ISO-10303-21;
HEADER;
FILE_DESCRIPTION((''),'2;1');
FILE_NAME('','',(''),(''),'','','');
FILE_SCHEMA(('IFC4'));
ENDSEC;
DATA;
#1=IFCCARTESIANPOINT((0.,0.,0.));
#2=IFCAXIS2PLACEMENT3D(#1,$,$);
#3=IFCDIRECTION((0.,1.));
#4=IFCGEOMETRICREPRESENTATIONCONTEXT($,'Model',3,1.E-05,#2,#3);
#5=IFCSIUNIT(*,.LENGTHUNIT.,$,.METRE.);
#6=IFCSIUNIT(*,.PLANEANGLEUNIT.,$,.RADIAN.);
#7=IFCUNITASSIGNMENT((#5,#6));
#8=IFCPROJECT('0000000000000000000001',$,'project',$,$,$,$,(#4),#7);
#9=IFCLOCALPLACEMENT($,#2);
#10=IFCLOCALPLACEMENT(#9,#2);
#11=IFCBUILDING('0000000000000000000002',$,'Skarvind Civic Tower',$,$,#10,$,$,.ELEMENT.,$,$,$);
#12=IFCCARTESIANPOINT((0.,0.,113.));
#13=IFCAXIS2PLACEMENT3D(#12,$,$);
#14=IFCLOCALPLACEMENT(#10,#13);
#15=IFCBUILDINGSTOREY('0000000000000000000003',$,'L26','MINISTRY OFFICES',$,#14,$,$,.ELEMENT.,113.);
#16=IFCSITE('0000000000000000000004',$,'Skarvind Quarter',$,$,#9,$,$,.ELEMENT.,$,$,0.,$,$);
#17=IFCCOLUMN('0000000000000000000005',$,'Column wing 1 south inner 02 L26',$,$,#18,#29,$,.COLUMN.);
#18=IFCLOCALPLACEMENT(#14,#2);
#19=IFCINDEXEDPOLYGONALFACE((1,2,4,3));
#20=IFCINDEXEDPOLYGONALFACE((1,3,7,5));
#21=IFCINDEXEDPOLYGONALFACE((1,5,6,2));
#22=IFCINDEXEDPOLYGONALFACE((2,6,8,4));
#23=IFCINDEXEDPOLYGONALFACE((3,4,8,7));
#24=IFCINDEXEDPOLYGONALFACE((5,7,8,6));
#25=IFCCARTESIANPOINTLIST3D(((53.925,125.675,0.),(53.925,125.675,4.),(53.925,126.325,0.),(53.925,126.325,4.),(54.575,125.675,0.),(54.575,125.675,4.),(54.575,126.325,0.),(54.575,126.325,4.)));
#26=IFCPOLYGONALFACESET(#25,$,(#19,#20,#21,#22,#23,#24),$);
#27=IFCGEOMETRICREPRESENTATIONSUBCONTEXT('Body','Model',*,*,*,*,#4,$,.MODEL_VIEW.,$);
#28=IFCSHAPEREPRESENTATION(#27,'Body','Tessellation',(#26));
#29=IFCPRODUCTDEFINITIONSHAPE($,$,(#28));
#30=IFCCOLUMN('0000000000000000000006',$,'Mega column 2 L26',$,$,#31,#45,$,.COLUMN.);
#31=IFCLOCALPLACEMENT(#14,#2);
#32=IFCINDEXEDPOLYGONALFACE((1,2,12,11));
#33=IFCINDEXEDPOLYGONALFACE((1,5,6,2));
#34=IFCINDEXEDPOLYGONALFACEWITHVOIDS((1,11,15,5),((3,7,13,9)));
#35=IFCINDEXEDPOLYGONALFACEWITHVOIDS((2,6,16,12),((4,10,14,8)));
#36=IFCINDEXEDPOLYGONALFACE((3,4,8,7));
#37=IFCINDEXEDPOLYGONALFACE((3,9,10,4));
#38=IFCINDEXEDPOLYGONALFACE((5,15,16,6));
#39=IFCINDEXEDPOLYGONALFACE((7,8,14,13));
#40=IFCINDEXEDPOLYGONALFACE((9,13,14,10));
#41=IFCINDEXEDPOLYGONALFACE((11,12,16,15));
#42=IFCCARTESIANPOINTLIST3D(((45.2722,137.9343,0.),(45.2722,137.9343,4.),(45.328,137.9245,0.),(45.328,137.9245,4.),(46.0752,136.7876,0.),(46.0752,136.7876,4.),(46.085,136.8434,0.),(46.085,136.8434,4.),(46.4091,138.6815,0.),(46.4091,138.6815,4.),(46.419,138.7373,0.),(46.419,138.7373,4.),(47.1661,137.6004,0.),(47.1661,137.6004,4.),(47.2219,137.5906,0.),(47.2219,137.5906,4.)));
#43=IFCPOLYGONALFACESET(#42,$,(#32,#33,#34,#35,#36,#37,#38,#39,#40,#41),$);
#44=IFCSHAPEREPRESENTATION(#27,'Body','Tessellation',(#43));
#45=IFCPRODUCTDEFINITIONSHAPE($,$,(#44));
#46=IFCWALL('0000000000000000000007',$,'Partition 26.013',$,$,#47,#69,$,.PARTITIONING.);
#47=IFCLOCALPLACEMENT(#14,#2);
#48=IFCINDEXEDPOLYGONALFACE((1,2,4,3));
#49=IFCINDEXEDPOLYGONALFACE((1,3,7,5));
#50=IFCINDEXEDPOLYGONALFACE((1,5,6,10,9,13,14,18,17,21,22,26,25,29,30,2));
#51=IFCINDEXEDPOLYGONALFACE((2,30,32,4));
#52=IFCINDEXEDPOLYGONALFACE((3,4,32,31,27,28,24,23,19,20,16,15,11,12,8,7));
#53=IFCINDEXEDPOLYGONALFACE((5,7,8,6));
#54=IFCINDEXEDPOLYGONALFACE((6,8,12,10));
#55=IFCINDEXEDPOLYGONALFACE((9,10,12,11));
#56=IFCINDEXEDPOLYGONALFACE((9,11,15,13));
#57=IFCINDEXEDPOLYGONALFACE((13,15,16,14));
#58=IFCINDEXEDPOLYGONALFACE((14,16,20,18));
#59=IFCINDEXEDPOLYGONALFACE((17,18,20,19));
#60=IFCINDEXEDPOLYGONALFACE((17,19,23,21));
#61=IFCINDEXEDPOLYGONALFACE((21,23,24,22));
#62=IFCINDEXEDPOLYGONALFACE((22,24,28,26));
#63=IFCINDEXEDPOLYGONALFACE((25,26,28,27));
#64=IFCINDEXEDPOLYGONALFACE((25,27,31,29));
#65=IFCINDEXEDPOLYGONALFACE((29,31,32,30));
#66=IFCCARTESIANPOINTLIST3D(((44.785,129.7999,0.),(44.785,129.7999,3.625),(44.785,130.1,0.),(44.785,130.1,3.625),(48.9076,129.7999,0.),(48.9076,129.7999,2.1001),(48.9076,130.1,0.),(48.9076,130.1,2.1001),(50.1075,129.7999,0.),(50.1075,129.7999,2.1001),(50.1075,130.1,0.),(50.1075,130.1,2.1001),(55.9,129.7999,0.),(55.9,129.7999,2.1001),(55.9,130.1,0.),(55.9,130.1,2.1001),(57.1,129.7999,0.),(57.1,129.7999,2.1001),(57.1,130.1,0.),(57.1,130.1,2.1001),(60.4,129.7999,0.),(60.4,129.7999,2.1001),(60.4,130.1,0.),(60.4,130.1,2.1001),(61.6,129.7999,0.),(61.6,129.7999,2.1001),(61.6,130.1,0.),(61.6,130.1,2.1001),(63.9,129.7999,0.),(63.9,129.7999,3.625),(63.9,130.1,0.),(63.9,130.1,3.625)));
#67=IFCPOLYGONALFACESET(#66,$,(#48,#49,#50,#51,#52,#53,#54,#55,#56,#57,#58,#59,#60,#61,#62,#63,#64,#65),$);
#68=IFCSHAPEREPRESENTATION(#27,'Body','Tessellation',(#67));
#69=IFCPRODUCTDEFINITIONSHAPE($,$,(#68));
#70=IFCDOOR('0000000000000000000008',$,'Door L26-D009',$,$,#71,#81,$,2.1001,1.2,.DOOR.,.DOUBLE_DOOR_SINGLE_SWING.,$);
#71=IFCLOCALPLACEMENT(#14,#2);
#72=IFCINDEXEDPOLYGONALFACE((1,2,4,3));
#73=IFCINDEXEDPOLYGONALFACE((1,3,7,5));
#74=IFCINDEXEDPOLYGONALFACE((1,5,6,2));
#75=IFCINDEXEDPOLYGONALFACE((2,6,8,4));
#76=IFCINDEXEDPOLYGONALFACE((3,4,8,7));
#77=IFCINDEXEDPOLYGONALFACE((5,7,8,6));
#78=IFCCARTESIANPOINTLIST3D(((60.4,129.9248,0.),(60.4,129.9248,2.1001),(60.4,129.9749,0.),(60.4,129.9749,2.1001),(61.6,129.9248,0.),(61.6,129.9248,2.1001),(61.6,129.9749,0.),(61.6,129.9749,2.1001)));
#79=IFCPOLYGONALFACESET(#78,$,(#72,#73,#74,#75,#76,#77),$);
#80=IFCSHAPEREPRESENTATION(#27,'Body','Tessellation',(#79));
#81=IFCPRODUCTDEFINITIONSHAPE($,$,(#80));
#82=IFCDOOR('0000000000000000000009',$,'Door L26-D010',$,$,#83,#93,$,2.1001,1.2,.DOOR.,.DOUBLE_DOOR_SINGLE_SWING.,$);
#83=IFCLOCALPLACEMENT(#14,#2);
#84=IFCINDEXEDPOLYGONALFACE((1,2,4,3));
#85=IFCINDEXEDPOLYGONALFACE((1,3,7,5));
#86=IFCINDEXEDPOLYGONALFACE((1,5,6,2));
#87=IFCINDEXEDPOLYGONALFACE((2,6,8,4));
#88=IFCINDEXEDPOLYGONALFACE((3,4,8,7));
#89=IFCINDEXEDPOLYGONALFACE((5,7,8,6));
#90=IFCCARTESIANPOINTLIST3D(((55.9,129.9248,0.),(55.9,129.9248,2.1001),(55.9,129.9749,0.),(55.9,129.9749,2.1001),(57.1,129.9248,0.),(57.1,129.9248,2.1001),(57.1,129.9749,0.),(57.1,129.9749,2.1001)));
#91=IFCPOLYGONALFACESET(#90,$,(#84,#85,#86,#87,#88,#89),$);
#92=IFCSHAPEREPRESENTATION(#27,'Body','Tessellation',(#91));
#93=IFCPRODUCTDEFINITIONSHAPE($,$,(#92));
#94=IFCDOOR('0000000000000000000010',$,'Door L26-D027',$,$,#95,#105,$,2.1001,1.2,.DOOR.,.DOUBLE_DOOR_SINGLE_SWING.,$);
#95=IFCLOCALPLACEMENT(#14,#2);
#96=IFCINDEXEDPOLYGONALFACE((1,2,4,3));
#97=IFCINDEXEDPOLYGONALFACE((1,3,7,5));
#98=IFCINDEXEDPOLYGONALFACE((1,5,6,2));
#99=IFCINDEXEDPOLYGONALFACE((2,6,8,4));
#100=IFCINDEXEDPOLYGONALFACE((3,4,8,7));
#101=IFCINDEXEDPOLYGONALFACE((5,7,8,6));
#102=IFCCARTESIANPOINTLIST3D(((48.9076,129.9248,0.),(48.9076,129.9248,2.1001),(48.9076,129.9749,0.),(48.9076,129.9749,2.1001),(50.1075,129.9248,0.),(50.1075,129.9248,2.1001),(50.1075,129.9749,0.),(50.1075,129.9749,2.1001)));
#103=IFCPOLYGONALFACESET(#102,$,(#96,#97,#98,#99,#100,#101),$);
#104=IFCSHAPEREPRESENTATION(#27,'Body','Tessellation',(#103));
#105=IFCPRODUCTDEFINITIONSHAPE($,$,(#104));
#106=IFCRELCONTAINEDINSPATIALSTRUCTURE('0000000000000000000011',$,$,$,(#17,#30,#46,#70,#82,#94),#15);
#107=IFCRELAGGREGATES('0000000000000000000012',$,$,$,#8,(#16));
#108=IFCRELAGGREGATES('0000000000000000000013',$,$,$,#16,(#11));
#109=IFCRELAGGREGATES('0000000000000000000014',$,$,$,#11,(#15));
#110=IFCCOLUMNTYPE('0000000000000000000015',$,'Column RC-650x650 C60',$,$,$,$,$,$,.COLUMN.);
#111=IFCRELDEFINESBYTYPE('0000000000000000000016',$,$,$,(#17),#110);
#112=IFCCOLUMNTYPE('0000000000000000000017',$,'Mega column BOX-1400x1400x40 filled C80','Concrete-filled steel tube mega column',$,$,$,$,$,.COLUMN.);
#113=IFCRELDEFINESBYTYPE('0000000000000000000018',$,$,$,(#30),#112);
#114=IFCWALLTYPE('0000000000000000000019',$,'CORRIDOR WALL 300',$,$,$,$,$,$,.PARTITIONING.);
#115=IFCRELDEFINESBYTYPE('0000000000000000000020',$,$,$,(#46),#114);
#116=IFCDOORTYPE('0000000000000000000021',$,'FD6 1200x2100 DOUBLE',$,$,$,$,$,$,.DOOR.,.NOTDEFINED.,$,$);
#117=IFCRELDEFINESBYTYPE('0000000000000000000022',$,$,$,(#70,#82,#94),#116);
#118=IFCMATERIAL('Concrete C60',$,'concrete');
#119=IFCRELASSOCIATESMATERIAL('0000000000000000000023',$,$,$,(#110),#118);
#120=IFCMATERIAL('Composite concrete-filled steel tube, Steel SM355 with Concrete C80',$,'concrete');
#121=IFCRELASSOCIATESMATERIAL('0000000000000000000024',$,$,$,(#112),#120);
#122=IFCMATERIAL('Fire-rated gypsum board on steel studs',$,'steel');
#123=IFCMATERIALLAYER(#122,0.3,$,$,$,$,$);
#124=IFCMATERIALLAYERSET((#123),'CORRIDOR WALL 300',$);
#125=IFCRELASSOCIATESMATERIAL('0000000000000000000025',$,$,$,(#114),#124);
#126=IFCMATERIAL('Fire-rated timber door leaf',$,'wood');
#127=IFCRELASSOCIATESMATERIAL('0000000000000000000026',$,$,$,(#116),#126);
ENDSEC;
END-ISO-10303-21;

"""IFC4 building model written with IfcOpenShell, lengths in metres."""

from ifc_helpers import new_model, si_unit, direction, frame, frame_2d, origin, origin_2d, place, context, subcontext, project, spatial, rectangle, hollow_rectangle, extrude, material, layer, layer_set, material_profile, profile_set, type_object, element, fill, save


model = new_model("IFC4")

# Units and contexts
model_context = context("Model", 3, precision=1e-05, world=origin(), true_north=direction((0.0, 1.0)))
body_context = subcontext(model_context, "Body", "Model", "MODEL_VIEW")
ifc_project = project(units=[si_unit("LENGTHUNIT", "METRE"), si_unit("PLANEANGLEUNIT", "RADIAN")], contexts=[model_context])

# Site, building, storey
site_placement = place(None, origin())
site = spatial("IfcSite", under=ifc_project, at=site_placement, Name="Skarvind Quarter", CompositionType="ELEMENT", RefElevation=0.0)
building_placement = place(site_placement, origin())
building = spatial("IfcBuilding", under=site, at=building_placement, Name="Skarvind Civic Tower", CompositionType="ELEMENT")
storey_placement = place(building_placement, frame((0.0, 0.0, 113.0)))
storey = spatial("IfcBuildingStorey", under=building, at=storey_placement, Name="L26", Description="MINISTRY OFFICES", CompositionType="ELEMENT", Elevation=113.0)

# Columns
ifc_material_1 = material(Name="Concrete C60", Category="concrete")
ifc_material_profile_1 = material_profile(ifc_material_1, rectangle(XDim=0.6499, YDim=0.6499, at=origin_2d()), Name="RC-650x650")
ifc_profile_set_1 = profile_set([ifc_material_profile_1], Name="Concrete C60")
column_type_1 = type_object("IfcColumnType", Name="Column RC-650x650 C60", PredefinedType="COLUMN", material=ifc_profile_set_1)
column_1_placement = place(storey_placement, frame((54.25, 126.0, 0.0), z_axis=(0.0, 0.0, 1.0), x_axis=(1.0, 0.0, 0.0)))
element("IfcColumn", 1, at=column_1_placement, inside=storey, type_object=column_type_1, Name="Column wing 1 south inner 02 L26", PredefinedType="COLUMN", context=body_context, shape_type="SweptSolid", body=[
    extrude(rectangle(XDim=0.6499, YDim=0.6499, at=origin_2d()), origin(), (0.0, 0.0, 1.0), 4.0),
])
ifc_material_2 = material(Name="Composite concrete-filled steel tube, Steel SM355 with Concrete C80", Category="concrete")
ifc_material_profile_2 = material_profile(ifc_material_2, hollow_rectangle(XDim=1.3999, YDim=1.3999, WallThickness=0.04, at=origin_2d()), Name="BOX-1400x1400x40")
ifc_profile_set_2 = profile_set([ifc_material_profile_2], Name="Composite concrete-filled steel tube, Steel SM355 with Concrete C80")
column_type_2 = type_object("IfcColumnType", Name="Mega column BOX-1400x1400x40 filled C80", Description="Concrete-filled steel tube mega column", PredefinedType="COLUMN", material=ifc_profile_set_2)
column_2_placement = place(storey_placement, frame((46.2471, 137.7625, 0.0), z_axis=(0.0, 0.0, 1.0), x_axis=(0.573576, -0.819152, 0.0)))
element("IfcColumn", 2, at=column_2_placement, inside=storey, type_object=column_type_2, Name="Mega column 2 L26", PredefinedType="COLUMN", context=body_context, shape_type="SweptSolid", body=[
    extrude(hollow_rectangle(XDim=1.3999, YDim=1.3999, WallThickness=0.04, at=origin_2d()), origin(), (0.0, 0.0, 1.0), 4.0),
])

# Wall, openings, doors
ifc_material_3 = material(Name="Fire-rated gypsum board on steel studs", Category="steel")
ifc_layer_1 = layer(ifc_material_3, 0.3)
ifc_layer_set_1 = layer_set([ifc_layer_1], Name="CORRIDOR WALL 300")
wall_type_1 = type_object("IfcWallType", Name="CORRIDOR WALL 300", PredefinedType="PARTITIONING", material=ifc_layer_set_1)
wall_1_placement = place(storey_placement, frame((44.7849, 129.95, 0.0), z_axis=(0.0, 0.0, 1.0), x_axis=(1.0, 0.0, 0.0)))
wall_1 = element("IfcWall", 3, at=wall_1_placement, inside=storey, type_object=wall_type_1, Name="Partition 26.013", PredefinedType="PARTITIONING", context=body_context, shape_type="SweptSolid", body=[
    extrude(rectangle(XDim=19.115, YDim=0.3, at=frame_2d((9.5576, 0.0))), origin(), (0.0, 0.0, 1.0), 3.625),
])
opening_1_placement = place(wall_1_placement, frame((15.615, 0.0, 0.0)))
opening_1 = element("IfcOpeningElement", 4, at=opening_1_placement, cuts=wall_1, PredefinedType="OPENING", context=body_context, shape_type="SweptSolid", body=[
    extrude(rectangle(XDim=1.2, YDim=2.1001, at=frame_2d((0.6001, 1.05))), frame((0.0, 0.1599, 0.0), z_axis=(0.0, -1.0, 0.0), x_axis=(1.0, 0.0, 0.0)), (0.0, 0.0, 1.0), 0.3201),
])
opening_2_placement = place(wall_1_placement, frame((11.115, 0.0, 0.0)))
opening_2 = element("IfcOpeningElement", 5, at=opening_2_placement, cuts=wall_1, PredefinedType="OPENING", context=body_context, shape_type="SweptSolid", body=[
    extrude(rectangle(XDim=1.2, YDim=2.1001, at=frame_2d((0.6001, 1.05))), frame((0.0, 0.1599, 0.0), z_axis=(0.0, -1.0, 0.0), x_axis=(1.0, 0.0, 0.0)), (0.0, 0.0, 1.0), 0.3201),
])
opening_3_placement = place(wall_1_placement, frame((4.1226, 0.0, 0.0)))
opening_3 = element("IfcOpeningElement", 6, at=opening_3_placement, cuts=wall_1, PredefinedType="OPENING", context=body_context, shape_type="SweptSolid", body=[
    extrude(rectangle(XDim=1.2, YDim=2.1001, at=frame_2d((0.6001, 1.05))), frame((0.0, 0.1599, 0.0), z_axis=(0.0, -1.0, 0.0), x_axis=(1.0, 0.0, 0.0)), (0.0, 0.0, 1.0), 0.3201),
])
ifc_material_4 = material(Name="Fire-rated timber door leaf", Category="wood")
door_type_1 = type_object("IfcDoorType", Name="FD6 1200x2100 DOUBLE", OperationType="NOTDEFINED", PredefinedType="DOOR", material=ifc_material_4)
door_1_placement = place(opening_1_placement, origin())
door_1 = element("IfcDoor", 7, at=door_1_placement, inside=storey, type_object=door_type_1, Name="Door L26-D009", OperationType="DOUBLE_DOOR_SINGLE_SWING", OverallHeight=2.1001, OverallWidth=1.2, PredefinedType="DOOR", context=body_context, shape_type="SweptSolid", body=[
    extrude(rectangle(XDim=1.2, YDim=2.1001, at=frame_2d((0.6001, 1.05))), frame((0.0, 0.0249, 0.0), z_axis=(0.0, -1.0, 0.0), x_axis=(1.0, 0.0, 0.0)), (0.0, 0.0, 1.0), 0.05),
])
fill(opening_1, door_1)
door_2_placement = place(opening_2_placement, origin())
door_2 = element("IfcDoor", 8, at=door_2_placement, inside=storey, type_object=door_type_1, Name="Door L26-D010", OperationType="DOUBLE_DOOR_SINGLE_SWING", OverallHeight=2.1001, OverallWidth=1.2, PredefinedType="DOOR", context=body_context, shape_type="SweptSolid", body=[
    extrude(rectangle(XDim=1.2, YDim=2.1001, at=frame_2d((0.6001, 1.05))), frame((0.0, 0.0249, 0.0), z_axis=(0.0, -1.0, 0.0), x_axis=(1.0, 0.0, 0.0)), (0.0, 0.0, 1.0), 0.05),
])
fill(opening_2, door_2)
door_3_placement = place(opening_3_placement, origin())
door_3 = element("IfcDoor", 9, at=door_3_placement, inside=storey, type_object=door_type_1, Name="Door L26-D027", OperationType="DOUBLE_DOOR_SINGLE_SWING", OverallHeight=2.1001, OverallWidth=1.2, PredefinedType="DOOR", context=body_context, shape_type="SweptSolid", body=[
    extrude(rectangle(XDim=1.2, YDim=2.1001, at=frame_2d((0.6001, 1.05))), frame((0.0, 0.0249, 0.0), z_axis=(0.0, -1.0, 0.0), x_axis=(1.0, 0.0, 0.0)), (0.0, 0.0, 1.0), 0.05),
])
fill(opening_3, door_3)

save(model, "model.ifc")
